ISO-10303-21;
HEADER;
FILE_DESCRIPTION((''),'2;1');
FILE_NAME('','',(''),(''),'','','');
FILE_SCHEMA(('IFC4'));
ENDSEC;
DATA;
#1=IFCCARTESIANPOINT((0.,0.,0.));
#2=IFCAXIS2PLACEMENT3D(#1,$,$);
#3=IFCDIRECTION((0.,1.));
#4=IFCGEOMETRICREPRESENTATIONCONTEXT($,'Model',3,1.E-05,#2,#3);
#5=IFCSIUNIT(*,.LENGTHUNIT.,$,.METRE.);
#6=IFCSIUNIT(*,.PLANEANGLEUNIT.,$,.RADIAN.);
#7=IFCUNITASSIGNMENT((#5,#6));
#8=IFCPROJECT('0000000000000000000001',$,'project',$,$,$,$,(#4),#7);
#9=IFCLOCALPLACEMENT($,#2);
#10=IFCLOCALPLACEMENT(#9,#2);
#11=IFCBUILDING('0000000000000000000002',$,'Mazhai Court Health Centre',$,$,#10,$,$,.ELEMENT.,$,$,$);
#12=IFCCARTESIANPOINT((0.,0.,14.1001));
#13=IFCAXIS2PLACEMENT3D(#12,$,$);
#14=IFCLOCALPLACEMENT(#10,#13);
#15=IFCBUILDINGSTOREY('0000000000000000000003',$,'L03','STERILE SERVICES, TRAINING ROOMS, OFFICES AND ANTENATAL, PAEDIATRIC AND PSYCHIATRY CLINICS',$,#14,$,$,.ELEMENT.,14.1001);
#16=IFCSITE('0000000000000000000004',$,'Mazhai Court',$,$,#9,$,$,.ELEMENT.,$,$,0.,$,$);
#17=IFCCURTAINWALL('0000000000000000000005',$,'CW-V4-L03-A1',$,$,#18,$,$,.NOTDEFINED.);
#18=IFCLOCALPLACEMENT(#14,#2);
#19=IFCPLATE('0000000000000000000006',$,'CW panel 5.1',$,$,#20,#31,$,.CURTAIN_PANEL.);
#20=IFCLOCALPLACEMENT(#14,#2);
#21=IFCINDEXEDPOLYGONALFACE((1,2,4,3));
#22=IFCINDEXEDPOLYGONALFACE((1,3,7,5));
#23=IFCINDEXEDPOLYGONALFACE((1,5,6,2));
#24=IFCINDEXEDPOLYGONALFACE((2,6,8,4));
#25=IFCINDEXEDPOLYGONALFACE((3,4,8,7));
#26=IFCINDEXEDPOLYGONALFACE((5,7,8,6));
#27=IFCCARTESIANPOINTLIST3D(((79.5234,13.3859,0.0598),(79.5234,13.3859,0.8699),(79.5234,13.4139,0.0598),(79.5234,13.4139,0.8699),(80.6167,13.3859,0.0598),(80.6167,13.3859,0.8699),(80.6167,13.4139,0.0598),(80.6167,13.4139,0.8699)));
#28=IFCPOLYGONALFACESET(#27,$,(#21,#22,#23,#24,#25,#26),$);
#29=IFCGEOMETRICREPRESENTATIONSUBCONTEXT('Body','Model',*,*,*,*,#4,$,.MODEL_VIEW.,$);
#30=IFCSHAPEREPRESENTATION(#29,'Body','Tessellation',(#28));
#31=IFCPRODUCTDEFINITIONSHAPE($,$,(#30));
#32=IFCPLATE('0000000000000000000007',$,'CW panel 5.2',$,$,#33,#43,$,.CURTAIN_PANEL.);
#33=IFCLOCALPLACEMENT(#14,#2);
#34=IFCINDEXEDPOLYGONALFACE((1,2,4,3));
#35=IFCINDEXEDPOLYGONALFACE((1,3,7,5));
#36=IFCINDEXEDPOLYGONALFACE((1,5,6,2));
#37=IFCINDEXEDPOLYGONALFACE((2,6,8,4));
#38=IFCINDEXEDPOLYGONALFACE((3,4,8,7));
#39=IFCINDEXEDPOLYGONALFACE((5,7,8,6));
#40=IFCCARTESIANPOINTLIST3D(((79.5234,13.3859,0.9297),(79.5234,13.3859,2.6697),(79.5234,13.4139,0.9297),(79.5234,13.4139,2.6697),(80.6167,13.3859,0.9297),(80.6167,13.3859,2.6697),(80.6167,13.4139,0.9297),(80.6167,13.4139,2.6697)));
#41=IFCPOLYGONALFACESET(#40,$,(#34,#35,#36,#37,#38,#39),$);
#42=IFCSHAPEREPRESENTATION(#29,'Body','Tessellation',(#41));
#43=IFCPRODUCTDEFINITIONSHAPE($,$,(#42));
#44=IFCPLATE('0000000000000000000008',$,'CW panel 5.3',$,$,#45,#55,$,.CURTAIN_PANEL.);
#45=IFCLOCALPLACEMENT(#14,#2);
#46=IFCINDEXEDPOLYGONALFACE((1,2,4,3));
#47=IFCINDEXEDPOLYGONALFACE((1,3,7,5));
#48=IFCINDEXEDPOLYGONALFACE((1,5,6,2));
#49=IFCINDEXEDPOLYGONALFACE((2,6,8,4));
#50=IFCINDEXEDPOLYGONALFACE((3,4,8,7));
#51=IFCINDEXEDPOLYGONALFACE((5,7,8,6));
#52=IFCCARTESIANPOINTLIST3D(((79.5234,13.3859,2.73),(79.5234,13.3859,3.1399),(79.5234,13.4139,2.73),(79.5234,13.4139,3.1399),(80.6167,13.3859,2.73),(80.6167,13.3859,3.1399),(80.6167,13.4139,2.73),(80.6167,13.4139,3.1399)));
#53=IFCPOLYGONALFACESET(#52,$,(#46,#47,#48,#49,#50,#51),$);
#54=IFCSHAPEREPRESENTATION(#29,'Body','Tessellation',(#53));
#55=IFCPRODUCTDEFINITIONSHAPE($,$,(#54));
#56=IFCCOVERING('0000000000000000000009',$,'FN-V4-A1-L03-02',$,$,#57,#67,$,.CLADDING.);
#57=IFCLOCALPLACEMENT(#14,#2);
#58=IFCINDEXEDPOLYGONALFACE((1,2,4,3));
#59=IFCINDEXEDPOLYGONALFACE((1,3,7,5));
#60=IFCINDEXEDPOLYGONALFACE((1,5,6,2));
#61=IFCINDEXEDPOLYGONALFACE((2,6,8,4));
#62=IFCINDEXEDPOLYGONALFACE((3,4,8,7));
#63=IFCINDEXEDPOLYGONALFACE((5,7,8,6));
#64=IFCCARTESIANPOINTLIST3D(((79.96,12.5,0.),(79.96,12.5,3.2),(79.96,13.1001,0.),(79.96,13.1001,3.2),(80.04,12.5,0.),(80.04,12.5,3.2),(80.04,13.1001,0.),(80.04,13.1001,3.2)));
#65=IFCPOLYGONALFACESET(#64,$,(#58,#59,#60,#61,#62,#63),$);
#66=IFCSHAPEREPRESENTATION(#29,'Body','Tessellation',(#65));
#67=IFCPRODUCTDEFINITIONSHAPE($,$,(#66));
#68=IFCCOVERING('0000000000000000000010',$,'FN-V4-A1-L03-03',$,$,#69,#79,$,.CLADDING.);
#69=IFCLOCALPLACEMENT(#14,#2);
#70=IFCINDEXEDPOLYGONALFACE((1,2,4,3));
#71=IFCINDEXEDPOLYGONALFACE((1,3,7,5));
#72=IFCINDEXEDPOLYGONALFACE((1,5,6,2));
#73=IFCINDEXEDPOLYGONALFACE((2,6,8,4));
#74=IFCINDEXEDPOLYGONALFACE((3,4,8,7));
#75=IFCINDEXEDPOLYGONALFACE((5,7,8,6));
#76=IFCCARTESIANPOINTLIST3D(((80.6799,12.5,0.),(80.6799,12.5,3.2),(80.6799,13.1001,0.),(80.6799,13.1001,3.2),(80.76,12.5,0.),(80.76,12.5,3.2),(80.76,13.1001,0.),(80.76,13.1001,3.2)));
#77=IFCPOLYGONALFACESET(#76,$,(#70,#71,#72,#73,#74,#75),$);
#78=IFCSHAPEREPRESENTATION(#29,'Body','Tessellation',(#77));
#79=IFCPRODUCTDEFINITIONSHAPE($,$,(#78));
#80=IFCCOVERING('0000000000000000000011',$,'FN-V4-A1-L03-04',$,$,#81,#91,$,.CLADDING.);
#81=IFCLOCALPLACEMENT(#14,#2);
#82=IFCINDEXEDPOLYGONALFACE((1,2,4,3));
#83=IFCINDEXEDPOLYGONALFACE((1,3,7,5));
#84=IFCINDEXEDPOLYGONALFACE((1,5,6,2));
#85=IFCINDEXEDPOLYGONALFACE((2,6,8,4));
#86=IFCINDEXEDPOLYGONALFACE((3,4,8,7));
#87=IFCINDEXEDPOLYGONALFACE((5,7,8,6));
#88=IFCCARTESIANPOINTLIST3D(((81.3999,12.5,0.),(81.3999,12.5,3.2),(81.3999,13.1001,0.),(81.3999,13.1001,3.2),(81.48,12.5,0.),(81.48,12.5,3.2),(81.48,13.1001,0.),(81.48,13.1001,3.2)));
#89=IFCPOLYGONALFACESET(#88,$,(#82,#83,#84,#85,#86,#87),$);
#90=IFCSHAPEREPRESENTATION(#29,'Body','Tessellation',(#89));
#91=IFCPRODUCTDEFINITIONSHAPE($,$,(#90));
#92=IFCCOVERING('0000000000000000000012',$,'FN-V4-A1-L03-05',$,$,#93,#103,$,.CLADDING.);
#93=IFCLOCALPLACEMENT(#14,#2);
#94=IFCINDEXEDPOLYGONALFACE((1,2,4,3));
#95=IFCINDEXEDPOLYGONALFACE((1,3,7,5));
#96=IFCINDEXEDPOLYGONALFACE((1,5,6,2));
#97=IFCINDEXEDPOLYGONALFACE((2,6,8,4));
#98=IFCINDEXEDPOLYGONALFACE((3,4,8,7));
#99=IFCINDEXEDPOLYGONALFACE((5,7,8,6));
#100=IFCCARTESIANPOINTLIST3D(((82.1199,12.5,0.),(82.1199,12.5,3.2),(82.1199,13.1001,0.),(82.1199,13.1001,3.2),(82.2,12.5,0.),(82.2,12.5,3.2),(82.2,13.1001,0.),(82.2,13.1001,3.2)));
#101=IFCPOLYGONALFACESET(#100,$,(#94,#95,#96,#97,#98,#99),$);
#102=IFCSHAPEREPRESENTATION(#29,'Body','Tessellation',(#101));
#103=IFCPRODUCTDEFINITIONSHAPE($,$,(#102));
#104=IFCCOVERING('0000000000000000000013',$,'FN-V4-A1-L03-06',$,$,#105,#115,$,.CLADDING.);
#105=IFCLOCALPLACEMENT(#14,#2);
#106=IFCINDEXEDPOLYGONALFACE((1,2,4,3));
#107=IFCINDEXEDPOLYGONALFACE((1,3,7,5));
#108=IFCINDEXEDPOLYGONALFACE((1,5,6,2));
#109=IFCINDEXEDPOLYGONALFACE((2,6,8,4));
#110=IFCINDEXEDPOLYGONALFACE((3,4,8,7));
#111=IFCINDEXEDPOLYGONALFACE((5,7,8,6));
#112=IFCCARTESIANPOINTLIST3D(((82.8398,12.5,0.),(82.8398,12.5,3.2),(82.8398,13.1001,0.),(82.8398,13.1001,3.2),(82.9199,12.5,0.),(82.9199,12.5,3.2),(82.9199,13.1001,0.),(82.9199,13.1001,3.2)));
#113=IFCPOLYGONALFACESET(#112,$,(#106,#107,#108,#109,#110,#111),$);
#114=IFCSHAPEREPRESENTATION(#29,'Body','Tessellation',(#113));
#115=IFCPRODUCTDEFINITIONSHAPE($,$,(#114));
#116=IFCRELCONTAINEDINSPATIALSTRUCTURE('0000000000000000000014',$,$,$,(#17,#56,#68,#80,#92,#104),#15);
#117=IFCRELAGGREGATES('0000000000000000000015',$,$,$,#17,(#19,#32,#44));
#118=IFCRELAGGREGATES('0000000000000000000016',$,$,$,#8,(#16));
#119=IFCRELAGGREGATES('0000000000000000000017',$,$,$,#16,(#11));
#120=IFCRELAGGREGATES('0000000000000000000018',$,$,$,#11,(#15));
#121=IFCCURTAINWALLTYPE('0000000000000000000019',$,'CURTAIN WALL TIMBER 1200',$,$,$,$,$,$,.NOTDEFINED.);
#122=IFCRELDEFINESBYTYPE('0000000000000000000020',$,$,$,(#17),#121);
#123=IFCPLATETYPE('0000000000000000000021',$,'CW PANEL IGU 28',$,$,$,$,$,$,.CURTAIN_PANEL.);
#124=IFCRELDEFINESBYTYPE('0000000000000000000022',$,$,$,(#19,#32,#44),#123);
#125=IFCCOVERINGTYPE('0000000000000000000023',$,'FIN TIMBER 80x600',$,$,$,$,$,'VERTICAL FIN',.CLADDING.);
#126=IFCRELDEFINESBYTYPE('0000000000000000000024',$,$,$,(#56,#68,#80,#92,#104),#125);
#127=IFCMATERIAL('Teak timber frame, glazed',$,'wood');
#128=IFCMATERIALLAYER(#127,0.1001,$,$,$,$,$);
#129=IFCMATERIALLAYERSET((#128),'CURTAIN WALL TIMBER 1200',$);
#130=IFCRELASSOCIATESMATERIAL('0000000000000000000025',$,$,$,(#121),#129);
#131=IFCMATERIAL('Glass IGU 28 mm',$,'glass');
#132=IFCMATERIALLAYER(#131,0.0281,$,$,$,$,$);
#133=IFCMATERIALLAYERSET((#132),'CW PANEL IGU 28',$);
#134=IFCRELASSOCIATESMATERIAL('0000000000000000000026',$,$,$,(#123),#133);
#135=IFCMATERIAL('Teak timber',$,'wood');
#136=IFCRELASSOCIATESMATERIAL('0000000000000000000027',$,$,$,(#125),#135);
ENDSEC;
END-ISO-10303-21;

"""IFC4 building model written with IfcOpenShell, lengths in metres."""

from ifc_helpers import new_model, si_unit, direction, frame, origin, origin_2d, place, context, subcontext, project, spatial, rectangle, extrude, material, layer, layer_set, type_object, element, aggregate, save


model = new_model("IFC4")

# Units and contexts
model_context = context("Model", 3, precision=1e-05, world=origin(), true_north=direction((0.0, 1.0)))
body_context = subcontext(model_context, "Body", "Model", "MODEL_VIEW")
ifc_project = project(units=[si_unit("LENGTHUNIT", "METRE"), si_unit("PLANEANGLEUNIT", "RADIAN")], contexts=[model_context])

# Site, building, storey
site_placement = place(None, origin())
site = spatial("IfcSite", under=ifc_project, at=site_placement, Name="Mazhai Court", CompositionType="ELEMENT", RefElevation=0.0)
building_placement = place(site_placement, origin())
building = spatial("IfcBuilding", under=site, at=building_placement, Name="Mazhai Court Health Centre", CompositionType="ELEMENT")
storey_placement = place(building_placement, frame((0.0, 0.0, 14.1001)))
storey = spatial("IfcBuildingStorey", under=building, at=storey_placement, Name="L03", Description="STERILE SERVICES, TRAINING ROOMS, OFFICES AND ANTENATAL, PAEDIATRIC AND PSYCHIATRY CLINICS", CompositionType="ELEMENT", Elevation=14.1001)

# Curtain wall
ifc_material_1 = material(Name="Teak timber frame, glazed", Category="wood")
ifc_layer_1 = layer(ifc_material_1, 0.1001)
ifc_layer_set_1 = layer_set([ifc_layer_1], Name="CURTAIN WALL TIMBER 1200")
curtain_wall_type = type_object("IfcCurtainWallType", Name="CURTAIN WALL TIMBER 1200", PredefinedType="NOTDEFINED", material=ifc_layer_set_1)
curtain_wall_placement = place(storey_placement, origin())
curtain_wall = element("IfcCurtainWall", 1, at=curtain_wall_placement, inside=storey, type_object=curtain_wall_type, Name="CW-V4-L03-A1", PredefinedType="NOTDEFINED")

# Plates
ifc_material_2 = material(Name="Glass IGU 28 mm", Category="glass")
ifc_layer_2 = layer(ifc_material_2, 0.0281)
ifc_layer_set_2 = layer_set([ifc_layer_2], Name="CW PANEL IGU 28")
plate_type = type_object("IfcPlateType", Name="CW PANEL IGU 28", PredefinedType="CURTAIN_PANEL", material=ifc_layer_set_2)
plate_1_placement = place(storey_placement, frame((80.0701, 13.3999, 0.0598), z_axis=(0.0, 0.0, 1.0), x_axis=(-1.0, 0.0, 0.0)))
plate_1 = element("IfcPlate", 2, at=plate_1_placement, type_object=plate_type, Name="CW panel 5.1", PredefinedType="CURTAIN_PANEL", context=body_context, shape_type="SweptSolid", body=[
    extrude(rectangle(XDim=1.0933, YDim=0.0281, at=origin_2d()), origin(), (0.0, 0.0, 1.0), 0.8101),
])
plate_2_placement = place(storey_placement, frame((80.0701, 13.3999, 0.9297), z_axis=(0.0, 0.0, 1.0), x_axis=(-1.0, 0.0, 0.0)))
plate_2 = element("IfcPlate", 3, at=plate_2_placement, type_object=plate_type, Name="CW panel 5.2", PredefinedType="CURTAIN_PANEL", context=body_context, shape_type="SweptSolid", body=[
    extrude(rectangle(XDim=1.0933, YDim=0.0281, at=origin_2d()), origin(), (0.0, 0.0, 1.0), 1.74),
])
plate_3_placement = place(storey_placement, frame((80.0701, 13.3999, 2.73), z_axis=(0.0, 0.0, 1.0), x_axis=(-1.0, 0.0, 0.0)))
plate_3 = element("IfcPlate", 4, at=plate_3_placement, type_object=plate_type, Name="CW panel 5.3", PredefinedType="CURTAIN_PANEL", context=body_context, shape_type="SweptSolid", body=[
    extrude(rectangle(XDim=1.0933, YDim=0.0281, at=origin_2d()), origin(), (0.0, 0.0, 1.0), 0.4099),
])
aggregate(curtain_wall, [plate_1, plate_2, plate_3])

# Coverings
ifc_material_3 = material(Name="Teak timber", Category="wood")
covering_type = type_object("IfcCoveringType", Name="FIN TIMBER 80x600", ElementType="VERTICAL FIN", PredefinedType="CLADDING", material=ifc_material_3)
for number, where, z_axis, x_axis, name in (
    (5, (80.0, 12.8, 0.0), (0.0, 0.0, 1.0), (1.0, 0.0, 0.0), "FN-V4-A1-L03-02"),
    (6, (80.72, 12.8, 0.0), (0.0, 0.0, 1.0), (1.0, 0.0, 0.0), "FN-V4-A1-L03-03"),
    (7, (81.4399, 12.8, 0.0), (0.0, 0.0, 1.0), (1.0, 0.0, 0.0), "FN-V4-A1-L03-04"),
    (8, (82.1599, 12.8, 0.0), (0.0, 0.0, 1.0), (1.0, 0.0, 0.0), "FN-V4-A1-L03-05"),
    (9, (82.8799, 12.8, 0.0), (0.0, 0.0, 1.0), (1.0, 0.0, 0.0), "FN-V4-A1-L03-06"),
):
    element("IfcCovering", number, at=place(storey_placement, frame(where, z_axis=z_axis, x_axis=x_axis)), inside=storey, type_object=covering_type, Name=name, PredefinedType="CLADDING", context=body_context, shape_type="SweptSolid", body=[
        extrude(rectangle(XDim=0.0801, YDim=0.6001, at=origin_2d()), origin(), (0.0, 0.0, 1.0), 3.2),
    ])

save(model, "model.ifc")
